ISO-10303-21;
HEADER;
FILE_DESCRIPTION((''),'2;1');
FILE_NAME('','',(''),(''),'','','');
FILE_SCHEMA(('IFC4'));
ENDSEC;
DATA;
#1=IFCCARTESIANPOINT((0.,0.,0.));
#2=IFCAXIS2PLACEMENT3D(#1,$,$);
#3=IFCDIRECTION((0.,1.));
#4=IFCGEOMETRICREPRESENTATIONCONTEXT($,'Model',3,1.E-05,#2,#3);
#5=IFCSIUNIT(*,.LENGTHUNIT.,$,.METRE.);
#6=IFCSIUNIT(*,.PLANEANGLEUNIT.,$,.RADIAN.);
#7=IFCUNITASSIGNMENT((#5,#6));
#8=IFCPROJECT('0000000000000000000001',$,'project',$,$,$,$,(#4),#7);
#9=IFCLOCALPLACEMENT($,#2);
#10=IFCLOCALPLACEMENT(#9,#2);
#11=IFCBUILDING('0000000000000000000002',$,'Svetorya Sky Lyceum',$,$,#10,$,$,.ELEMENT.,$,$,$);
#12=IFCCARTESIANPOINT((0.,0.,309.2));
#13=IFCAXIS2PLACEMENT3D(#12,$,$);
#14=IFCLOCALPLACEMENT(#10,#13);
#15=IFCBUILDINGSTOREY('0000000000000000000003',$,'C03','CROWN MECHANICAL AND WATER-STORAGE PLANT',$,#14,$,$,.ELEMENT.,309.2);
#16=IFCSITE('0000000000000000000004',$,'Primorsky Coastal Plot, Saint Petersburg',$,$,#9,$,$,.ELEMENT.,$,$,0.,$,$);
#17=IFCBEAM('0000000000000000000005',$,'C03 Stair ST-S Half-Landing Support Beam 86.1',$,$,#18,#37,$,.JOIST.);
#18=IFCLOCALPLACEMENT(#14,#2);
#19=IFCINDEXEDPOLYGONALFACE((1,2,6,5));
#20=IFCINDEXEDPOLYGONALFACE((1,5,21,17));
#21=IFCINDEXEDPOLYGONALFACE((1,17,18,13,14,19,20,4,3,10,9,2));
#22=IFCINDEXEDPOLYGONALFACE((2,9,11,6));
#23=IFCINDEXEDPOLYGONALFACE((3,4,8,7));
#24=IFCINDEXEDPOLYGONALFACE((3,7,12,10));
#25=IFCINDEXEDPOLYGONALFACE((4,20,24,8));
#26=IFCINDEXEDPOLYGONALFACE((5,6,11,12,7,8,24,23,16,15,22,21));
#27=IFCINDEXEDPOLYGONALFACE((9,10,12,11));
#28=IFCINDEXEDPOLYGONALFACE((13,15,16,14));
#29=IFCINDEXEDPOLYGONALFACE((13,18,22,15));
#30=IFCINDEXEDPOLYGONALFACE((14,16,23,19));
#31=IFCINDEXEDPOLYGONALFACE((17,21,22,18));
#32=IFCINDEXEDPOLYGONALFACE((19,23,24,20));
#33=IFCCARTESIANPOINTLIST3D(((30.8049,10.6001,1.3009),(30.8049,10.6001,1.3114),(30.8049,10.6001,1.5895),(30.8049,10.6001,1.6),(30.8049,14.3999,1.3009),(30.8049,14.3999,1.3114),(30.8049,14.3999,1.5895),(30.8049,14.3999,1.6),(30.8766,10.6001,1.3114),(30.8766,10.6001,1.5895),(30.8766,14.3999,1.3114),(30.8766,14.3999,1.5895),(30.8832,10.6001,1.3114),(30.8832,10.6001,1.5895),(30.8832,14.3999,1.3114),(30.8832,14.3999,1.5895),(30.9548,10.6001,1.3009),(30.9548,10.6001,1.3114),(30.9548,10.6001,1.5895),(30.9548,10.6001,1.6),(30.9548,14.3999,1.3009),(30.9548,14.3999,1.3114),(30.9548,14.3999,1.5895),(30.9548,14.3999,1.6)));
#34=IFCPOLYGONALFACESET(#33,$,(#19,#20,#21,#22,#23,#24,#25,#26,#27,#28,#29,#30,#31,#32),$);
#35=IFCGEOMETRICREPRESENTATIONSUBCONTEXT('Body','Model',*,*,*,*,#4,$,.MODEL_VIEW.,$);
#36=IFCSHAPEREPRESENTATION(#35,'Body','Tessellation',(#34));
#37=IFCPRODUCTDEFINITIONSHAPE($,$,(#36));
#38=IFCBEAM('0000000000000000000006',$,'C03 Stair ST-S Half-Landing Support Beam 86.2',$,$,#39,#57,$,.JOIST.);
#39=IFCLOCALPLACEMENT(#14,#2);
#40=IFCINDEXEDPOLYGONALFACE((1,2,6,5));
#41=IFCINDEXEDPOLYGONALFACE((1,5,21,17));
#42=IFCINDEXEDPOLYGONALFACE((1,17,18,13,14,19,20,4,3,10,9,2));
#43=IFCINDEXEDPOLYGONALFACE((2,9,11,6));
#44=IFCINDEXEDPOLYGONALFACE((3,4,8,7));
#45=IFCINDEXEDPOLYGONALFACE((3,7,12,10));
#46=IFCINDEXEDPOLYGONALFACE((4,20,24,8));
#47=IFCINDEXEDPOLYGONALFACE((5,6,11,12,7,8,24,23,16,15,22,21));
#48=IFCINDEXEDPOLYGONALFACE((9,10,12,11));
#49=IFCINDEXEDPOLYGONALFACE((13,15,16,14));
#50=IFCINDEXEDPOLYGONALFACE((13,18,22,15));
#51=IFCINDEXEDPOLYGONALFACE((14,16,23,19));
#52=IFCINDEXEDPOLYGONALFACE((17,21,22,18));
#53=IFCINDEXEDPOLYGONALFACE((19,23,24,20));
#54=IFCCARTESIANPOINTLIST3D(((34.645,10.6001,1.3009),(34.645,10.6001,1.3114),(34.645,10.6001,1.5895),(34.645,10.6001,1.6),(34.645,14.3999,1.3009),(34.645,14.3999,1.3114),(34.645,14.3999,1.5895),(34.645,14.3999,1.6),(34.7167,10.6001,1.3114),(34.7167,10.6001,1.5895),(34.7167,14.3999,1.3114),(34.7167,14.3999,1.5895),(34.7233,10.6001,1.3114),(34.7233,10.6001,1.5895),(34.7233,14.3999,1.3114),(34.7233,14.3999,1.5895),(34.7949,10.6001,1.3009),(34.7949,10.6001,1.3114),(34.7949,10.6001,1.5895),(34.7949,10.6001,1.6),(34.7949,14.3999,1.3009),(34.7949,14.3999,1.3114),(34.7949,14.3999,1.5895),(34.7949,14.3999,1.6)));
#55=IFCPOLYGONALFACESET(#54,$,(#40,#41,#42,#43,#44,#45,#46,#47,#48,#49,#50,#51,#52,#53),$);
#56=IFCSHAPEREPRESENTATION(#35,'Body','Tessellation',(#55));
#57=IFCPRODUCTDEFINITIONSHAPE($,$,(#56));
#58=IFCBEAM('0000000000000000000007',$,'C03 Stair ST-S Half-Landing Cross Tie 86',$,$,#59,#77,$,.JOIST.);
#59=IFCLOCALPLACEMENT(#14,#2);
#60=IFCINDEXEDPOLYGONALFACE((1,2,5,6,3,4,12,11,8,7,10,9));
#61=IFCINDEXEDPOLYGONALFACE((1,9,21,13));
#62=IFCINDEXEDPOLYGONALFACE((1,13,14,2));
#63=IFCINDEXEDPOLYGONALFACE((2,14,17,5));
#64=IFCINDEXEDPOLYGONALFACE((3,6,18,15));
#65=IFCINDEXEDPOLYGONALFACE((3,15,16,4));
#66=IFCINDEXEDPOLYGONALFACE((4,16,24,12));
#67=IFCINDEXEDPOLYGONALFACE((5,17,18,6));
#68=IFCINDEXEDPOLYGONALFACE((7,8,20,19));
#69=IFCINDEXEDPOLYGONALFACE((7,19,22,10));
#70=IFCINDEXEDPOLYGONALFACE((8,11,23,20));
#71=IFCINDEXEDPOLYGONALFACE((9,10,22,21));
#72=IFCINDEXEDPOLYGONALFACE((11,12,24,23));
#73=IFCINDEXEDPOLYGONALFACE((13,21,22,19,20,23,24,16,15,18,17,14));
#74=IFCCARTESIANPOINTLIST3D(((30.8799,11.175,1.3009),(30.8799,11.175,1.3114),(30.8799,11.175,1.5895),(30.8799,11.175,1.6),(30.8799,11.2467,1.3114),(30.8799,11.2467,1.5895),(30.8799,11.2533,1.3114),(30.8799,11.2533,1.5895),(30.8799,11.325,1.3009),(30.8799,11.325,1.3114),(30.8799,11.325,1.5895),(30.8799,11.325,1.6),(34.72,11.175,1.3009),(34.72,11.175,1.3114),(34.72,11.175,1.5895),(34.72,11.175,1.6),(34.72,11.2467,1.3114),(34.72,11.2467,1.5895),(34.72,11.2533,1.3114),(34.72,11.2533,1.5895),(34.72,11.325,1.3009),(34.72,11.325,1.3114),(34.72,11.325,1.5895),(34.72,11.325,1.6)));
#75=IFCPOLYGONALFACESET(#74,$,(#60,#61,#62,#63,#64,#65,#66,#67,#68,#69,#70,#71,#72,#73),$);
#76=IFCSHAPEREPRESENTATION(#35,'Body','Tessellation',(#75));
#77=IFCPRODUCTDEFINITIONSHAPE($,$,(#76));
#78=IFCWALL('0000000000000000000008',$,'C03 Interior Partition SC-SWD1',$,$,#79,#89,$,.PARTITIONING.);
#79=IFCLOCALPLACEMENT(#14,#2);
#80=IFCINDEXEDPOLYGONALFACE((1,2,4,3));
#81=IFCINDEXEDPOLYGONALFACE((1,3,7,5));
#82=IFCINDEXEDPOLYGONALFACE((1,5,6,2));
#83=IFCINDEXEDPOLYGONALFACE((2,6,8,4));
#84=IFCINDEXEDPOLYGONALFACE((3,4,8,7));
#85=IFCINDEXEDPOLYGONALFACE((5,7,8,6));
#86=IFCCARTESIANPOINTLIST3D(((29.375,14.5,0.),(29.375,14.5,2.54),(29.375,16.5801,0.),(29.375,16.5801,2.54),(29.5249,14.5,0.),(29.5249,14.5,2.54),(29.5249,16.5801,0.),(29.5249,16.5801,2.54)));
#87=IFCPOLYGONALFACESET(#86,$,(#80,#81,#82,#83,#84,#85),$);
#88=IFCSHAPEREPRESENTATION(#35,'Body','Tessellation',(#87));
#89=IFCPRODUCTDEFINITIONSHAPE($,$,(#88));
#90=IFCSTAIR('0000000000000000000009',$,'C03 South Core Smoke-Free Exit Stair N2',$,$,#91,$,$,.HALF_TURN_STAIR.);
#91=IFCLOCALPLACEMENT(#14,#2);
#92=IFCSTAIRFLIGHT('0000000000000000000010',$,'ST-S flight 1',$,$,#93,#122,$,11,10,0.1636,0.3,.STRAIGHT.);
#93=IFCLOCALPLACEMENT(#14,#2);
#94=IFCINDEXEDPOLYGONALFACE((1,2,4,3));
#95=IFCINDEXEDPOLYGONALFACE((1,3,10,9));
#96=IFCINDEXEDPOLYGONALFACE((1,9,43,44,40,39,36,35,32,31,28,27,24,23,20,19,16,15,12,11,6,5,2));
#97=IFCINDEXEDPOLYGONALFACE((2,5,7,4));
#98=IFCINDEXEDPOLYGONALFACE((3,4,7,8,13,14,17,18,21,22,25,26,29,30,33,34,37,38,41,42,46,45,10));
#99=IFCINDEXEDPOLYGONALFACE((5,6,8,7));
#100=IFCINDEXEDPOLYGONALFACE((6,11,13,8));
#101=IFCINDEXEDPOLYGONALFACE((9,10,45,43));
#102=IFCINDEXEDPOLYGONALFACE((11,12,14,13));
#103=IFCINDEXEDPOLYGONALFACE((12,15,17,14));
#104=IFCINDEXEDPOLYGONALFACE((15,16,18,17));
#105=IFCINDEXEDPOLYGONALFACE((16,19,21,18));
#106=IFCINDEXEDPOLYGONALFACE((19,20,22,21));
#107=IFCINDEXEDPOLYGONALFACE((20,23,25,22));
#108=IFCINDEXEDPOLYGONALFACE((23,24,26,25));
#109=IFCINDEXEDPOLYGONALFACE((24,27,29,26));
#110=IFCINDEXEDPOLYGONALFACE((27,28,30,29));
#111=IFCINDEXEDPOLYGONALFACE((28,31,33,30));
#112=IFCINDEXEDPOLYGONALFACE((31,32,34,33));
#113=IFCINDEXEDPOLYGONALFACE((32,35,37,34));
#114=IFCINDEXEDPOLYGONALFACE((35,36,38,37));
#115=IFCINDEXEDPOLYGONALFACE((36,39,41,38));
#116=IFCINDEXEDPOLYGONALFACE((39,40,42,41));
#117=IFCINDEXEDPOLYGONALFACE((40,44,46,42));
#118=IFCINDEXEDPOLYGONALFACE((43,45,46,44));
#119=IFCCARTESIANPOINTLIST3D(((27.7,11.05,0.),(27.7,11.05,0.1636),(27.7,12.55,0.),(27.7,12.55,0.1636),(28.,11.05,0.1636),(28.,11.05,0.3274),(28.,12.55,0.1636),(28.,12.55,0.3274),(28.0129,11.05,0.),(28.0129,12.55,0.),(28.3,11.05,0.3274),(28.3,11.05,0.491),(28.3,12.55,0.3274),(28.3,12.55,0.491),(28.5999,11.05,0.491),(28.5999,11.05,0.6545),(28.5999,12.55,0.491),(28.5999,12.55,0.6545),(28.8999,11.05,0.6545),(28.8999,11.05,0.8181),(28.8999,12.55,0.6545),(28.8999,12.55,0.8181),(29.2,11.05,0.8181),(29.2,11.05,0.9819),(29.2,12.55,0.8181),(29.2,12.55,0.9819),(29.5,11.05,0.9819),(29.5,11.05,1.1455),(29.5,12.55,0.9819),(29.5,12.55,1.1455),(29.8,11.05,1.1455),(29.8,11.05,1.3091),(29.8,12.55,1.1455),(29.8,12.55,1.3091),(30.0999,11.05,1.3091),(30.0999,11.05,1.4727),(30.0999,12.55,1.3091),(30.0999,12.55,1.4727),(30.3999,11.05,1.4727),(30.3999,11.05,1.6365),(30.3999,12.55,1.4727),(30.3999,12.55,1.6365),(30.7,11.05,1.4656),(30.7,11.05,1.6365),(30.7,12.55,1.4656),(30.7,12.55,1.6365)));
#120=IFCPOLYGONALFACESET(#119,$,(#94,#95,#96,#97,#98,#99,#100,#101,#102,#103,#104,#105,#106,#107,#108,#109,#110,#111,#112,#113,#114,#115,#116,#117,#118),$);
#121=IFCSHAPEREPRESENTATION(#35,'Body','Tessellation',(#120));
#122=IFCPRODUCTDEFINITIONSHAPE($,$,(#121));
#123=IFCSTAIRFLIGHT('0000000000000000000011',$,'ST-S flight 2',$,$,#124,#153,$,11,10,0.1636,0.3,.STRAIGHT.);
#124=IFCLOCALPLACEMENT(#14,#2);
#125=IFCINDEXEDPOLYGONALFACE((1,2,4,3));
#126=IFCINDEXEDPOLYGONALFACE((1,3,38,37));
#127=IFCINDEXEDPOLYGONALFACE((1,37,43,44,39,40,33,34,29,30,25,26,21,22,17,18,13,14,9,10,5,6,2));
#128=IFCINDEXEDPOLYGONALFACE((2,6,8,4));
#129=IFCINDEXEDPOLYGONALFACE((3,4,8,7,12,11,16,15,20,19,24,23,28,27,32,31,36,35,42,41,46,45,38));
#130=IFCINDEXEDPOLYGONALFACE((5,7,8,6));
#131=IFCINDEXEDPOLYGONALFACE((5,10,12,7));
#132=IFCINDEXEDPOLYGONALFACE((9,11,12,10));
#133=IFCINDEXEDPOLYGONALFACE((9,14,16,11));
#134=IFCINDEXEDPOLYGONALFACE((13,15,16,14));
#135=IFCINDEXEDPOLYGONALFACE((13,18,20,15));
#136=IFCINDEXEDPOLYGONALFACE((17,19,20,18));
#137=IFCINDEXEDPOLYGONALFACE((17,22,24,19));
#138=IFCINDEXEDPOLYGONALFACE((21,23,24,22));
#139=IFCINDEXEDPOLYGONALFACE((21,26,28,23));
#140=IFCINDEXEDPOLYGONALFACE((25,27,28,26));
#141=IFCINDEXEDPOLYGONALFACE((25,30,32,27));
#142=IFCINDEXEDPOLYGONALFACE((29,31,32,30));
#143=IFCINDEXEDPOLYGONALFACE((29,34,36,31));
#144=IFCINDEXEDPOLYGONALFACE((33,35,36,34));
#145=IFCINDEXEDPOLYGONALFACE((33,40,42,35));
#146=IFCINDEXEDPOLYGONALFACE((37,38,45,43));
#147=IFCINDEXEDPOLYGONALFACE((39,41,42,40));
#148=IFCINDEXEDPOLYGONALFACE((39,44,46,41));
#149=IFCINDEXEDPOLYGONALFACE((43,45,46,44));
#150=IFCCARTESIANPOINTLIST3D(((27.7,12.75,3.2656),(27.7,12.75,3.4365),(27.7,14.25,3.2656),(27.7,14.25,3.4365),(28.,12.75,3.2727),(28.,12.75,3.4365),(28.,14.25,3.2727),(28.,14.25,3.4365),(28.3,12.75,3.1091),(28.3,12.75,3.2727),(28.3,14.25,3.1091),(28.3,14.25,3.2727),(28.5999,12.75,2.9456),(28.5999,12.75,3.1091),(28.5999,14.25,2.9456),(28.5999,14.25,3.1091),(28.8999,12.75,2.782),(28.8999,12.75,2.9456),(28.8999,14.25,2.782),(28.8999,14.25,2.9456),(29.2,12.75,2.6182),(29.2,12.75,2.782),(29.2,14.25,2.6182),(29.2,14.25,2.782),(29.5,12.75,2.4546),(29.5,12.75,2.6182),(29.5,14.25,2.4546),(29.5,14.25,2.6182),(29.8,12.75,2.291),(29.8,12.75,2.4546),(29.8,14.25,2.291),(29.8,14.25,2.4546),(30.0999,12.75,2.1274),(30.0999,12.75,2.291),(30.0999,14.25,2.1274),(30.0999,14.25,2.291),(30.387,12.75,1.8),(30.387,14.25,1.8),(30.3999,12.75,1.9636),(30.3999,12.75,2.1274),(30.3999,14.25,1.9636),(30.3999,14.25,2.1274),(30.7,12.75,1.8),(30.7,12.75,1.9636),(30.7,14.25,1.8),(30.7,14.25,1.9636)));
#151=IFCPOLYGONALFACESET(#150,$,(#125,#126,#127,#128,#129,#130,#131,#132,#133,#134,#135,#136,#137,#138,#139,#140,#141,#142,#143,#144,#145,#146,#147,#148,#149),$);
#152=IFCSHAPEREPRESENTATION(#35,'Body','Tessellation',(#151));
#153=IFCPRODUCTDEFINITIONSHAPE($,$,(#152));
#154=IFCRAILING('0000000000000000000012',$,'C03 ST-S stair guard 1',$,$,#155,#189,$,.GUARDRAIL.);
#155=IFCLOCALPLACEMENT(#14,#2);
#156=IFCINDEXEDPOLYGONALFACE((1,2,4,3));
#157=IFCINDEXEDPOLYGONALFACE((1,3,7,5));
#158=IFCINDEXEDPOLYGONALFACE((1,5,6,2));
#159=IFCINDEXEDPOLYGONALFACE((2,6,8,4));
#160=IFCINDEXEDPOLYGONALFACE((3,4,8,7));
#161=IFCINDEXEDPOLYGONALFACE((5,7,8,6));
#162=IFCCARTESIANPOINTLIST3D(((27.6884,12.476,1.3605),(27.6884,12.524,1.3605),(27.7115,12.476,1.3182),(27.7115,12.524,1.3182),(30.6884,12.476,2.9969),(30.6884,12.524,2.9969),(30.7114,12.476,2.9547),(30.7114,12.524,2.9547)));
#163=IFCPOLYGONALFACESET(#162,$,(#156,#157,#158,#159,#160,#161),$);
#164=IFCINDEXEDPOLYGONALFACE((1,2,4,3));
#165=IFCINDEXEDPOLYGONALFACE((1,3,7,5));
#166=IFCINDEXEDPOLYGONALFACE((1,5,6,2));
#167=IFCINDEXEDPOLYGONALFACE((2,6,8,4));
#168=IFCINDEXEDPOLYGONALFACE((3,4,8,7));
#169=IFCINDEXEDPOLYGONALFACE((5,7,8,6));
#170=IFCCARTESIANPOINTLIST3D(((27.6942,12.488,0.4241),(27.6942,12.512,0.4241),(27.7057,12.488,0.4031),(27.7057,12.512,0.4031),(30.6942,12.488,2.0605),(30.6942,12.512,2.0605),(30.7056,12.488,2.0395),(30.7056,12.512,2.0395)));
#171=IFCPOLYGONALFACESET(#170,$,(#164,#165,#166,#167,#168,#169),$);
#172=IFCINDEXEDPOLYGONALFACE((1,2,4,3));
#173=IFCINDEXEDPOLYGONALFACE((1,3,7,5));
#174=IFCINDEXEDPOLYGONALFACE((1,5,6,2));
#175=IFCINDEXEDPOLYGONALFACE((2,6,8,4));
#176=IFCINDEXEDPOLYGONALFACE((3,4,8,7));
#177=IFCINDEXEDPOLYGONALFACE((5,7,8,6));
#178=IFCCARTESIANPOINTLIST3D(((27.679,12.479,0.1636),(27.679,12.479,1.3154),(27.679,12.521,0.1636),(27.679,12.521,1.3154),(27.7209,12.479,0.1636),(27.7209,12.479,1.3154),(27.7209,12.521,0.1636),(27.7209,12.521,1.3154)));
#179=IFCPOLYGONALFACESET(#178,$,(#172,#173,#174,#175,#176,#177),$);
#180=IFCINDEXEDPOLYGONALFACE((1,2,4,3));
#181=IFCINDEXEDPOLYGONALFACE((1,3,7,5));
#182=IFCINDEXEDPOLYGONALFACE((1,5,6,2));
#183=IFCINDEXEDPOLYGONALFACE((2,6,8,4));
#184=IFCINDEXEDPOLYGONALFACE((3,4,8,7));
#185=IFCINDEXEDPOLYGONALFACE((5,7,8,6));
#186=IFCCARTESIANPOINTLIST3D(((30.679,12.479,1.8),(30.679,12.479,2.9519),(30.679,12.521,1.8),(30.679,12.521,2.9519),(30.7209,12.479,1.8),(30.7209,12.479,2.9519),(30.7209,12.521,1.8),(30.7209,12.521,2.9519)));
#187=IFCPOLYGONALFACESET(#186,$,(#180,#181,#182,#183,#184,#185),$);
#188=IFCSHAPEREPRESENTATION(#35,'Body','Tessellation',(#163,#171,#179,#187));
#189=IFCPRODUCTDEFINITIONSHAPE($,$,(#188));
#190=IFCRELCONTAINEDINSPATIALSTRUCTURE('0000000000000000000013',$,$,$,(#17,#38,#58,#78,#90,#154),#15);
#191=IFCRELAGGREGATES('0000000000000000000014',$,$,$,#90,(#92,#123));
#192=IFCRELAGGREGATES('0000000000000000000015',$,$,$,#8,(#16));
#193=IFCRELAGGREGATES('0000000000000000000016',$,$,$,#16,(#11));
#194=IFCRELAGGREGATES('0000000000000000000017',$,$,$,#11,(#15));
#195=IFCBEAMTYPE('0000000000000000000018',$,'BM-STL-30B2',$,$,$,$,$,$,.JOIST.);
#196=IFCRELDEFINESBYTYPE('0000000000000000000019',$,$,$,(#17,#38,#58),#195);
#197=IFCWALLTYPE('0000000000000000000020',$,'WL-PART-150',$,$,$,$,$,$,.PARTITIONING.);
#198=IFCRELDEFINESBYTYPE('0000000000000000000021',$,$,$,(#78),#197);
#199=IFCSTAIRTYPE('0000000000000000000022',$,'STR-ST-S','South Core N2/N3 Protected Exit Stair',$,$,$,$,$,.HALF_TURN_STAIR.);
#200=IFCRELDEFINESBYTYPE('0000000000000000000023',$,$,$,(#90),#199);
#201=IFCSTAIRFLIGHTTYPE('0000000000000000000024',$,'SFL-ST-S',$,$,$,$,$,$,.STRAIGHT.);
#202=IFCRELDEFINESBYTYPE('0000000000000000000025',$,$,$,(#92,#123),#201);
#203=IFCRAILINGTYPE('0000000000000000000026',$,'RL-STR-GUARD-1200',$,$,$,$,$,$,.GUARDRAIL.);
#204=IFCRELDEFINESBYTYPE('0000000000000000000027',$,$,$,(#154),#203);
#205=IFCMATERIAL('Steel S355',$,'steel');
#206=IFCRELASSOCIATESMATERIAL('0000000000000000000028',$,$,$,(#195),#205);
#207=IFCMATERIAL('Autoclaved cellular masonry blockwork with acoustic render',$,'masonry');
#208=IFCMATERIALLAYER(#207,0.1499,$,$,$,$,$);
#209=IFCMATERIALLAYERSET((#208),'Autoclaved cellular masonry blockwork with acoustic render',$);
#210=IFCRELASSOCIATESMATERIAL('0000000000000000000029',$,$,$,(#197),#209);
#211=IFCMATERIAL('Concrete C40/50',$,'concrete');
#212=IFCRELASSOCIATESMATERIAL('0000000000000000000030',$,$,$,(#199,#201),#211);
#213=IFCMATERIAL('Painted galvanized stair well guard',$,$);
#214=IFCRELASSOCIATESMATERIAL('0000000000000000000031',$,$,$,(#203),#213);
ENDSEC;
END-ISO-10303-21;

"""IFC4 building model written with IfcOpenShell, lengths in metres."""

from ifc_helpers import new_model, si_unit, direction, frame, frame_2d, origin, origin_2d, place, context, subcontext, project, spatial, polyline, rectangle, i_section, outline, extrude, material, layer, layer_set, material_profile, profile_set, type_object, element, aggregate, save


model = new_model("IFC4")

# Units and contexts
model_context = context("Model", 3, precision=1e-05, world=origin(), true_north=direction((0.0, 1.0)))
body_context = subcontext(model_context, "Body", "Model", "MODEL_VIEW")
ifc_project = project(units=[si_unit("LENGTHUNIT", "METRE"), si_unit("PLANEANGLEUNIT", "RADIAN")], contexts=[model_context])

# Site, building, storey
site_placement = place(None, origin())
site = spatial("IfcSite", under=ifc_project, at=site_placement, Name="Primorsky Coastal Plot, Saint Petersburg", CompositionType="ELEMENT", RefElevation=0.0)
building_placement = place(site_placement, origin())
building = spatial("IfcBuilding", under=site, at=building_placement, Name="Svetorya Sky Lyceum", CompositionType="ELEMENT")
storey_placement = place(building_placement, frame((0.0, 0.0, 309.2)))
storey = spatial("IfcBuildingStorey", under=building, at=storey_placement, Name="C03", Description="CROWN MECHANICAL AND WATER-STORAGE PLANT", CompositionType="ELEMENT", Elevation=309.2)

# Beams
ifc_material_1 = material(Name="Steel S355", Category="steel")
ifc_material_profile = material_profile(ifc_material_1, i_section(OverallWidth=0.1499, OverallDepth=0.2991, WebThickness=0.0066, FlangeThickness=0.0105, at=origin_2d()), Name="GOST 30B2")
ifc_profile_set = profile_set([ifc_material_profile], Name="Steel S355")
beam_type = type_object("IfcBeamType", Name="BM-STL-30B2", PredefinedType="JOIST", material=ifc_profile_set)
for number, where, z_axis, x_axis, name in (
    (1, (30.8799, 10.6001, 1.4504), (0.0, 1.0, 0.0), (-1.0, 0.0, 0.0), "C03 Stair ST-S Half-Landing Support Beam 86.1"),
    (2, (34.72, 10.6001, 1.4504), (0.0, 1.0, 0.0), (-1.0, 0.0, 0.0), "C03 Stair ST-S Half-Landing Support Beam 86.2"),
):
    element("IfcBeam", number, at=place(storey_placement, frame(where, z_axis=z_axis, x_axis=x_axis)), inside=storey, type_object=beam_type, Name=name, PredefinedType="JOIST", context=body_context, shape_type="SweptSolid", body=[
        extrude(i_section(OverallWidth=0.1499, OverallDepth=0.2991, WebThickness=0.0066, FlangeThickness=0.0105, at=origin_2d()), origin(), (0.0, 0.0, 1.0), 3.7998),
    ])
beam_placement = place(storey_placement, frame((30.8799, 11.25, 1.4504), z_axis=(1.0, 0.0, 0.0), x_axis=(0.0, 1.0, 0.0)))
element("IfcBeam", 3, at=beam_placement, inside=storey, type_object=beam_type, Name="C03 Stair ST-S Half-Landing Cross Tie 86", PredefinedType="JOIST", context=body_context, shape_type="SweptSolid", body=[
    extrude(i_section(OverallWidth=0.1499, OverallDepth=0.2991, WebThickness=0.0066, FlangeThickness=0.0105, at=origin_2d()), origin(), (0.0, 0.0, 1.0), 3.8401),
])

# Wall
ifc_material_2 = material(Name="Autoclaved cellular masonry blockwork with acoustic render", Category="masonry")
ifc_layer = layer(ifc_material_2, 0.1499)
ifc_layer_set = layer_set([ifc_layer], Name="Autoclaved cellular masonry blockwork with acoustic render")
wall_type = type_object("IfcWallType", Name="WL-PART-150", PredefinedType="PARTITIONING", material=ifc_layer_set)
wall_placement = place(storey_placement, frame((29.45, 14.5, 0.0), z_axis=(0.0, 0.0, 1.0), x_axis=(0.0, 1.0, 0.0)))
element("IfcWall", 4, at=wall_placement, inside=storey, type_object=wall_type, Name="C03 Interior Partition SC-SWD1", PredefinedType="PARTITIONING", context=body_context, shape_type="SweptSolid", body=[
    extrude(rectangle(XDim=2.0801, YDim=0.1499, at=frame_2d((1.04, 0.0))), origin(), (0.0, 0.0, 1.0), 2.54),
])

# Stair, stair flights
ifc_material_3 = material(Name="Concrete C40/50", Category="concrete")
stair_type = type_object("IfcStairType", Name="STR-ST-S", Description="South Core N2/N3 Protected Exit Stair", PredefinedType="HALF_TURN_STAIR", material=ifc_material_3)
stair_placement = place(storey_placement, origin())
stair = element("IfcStair", 5, at=stair_placement, inside=storey, type_object=stair_type, Name="C03 South Core Smoke-Free Exit Stair N2", PredefinedType="HALF_TURN_STAIR")
stair_flight_type = type_object("IfcStairFlightType", Name="SFL-ST-S", PredefinedType="STRAIGHT", material=ifc_material_3)
stair_flight_1_placement = place(storey_placement, frame((27.7, 11.8, 0.0), z_axis=(0.0, 0.0, 1.0), x_axis=(1.0, 0.0, 0.0)))
stair_flight_1 = element("IfcStairFlight", 6, at=stair_flight_1_placement, type_object=stair_flight_type, Name="ST-S flight 1", NumberOfRisers=11, NumberOfTreads=10, PredefinedType="STRAIGHT", RiserHeight=0.1636, TreadLength=0.3, context=body_context, shape_type="SweptSolid", body=[
    extrude(outline(polyline([(0.0, 0.0), (0.0, 0.1636), (0.3, 0.1636), (0.3, 0.3274), (0.6001, 0.3274), (0.6001, 0.491), (0.8999, 0.491), (0.8999, 0.6545), (1.2, 0.6545), (1.2, 0.8181), (1.5, 0.8181), (1.5, 0.9819), (1.8, 0.9819), (1.8, 1.1455), (2.1001, 1.1455), (2.1001, 1.3091), (2.3999, 1.3091), (2.3999, 1.4727), (2.7, 1.4727), (2.7, 1.6365), (3.0, 1.6365), (3.0, 1.8), (3.0, 1.4656), (0.313, 0.0), (0.0, 0.0)])), frame((0.0, 0.75, 0.0), z_axis=(0.0, -1.0, 0.0), x_axis=(1.0, 0.0, 0.0)), (0.0, 0.0, 1.0), 1.5),
])
stair_flight_2_placement = place(storey_placement, frame((30.7, 13.5, 1.8), z_axis=(0.0, 0.0, 1.0), x_axis=(-1.0, 0.0, 0.0)))
stair_flight_2 = element("IfcStairFlight", 7, at=stair_flight_2_placement, type_object=stair_flight_type, Name="ST-S flight 2", NumberOfRisers=11, NumberOfTreads=10, PredefinedType="STRAIGHT", RiserHeight=0.1636, TreadLength=0.3, context=body_context, shape_type="SweptSolid", body=[
    extrude(outline(polyline([(0.0, 0.0), (0.0, 0.1636), (0.3, 0.1636), (0.3, 0.3274), (0.6001, 0.3274), (0.6001, 0.491), (0.8999, 0.491), (0.8999, 0.6545), (1.2, 0.6545), (1.2, 0.8181), (1.5, 0.8181), (1.5, 0.9819), (1.8, 0.9819), (1.8, 1.1455), (2.1001, 1.1455), (2.1001, 1.3091), (2.3999, 1.3091), (2.3999, 1.4727), (2.7, 1.4727), (2.7, 1.6365), (3.0, 1.6365), (3.0, 1.8), (3.0, 1.4656), (0.313, 0.0), (0.0, 0.0)])), frame((0.0, 0.75, 0.0), z_axis=(0.0, -1.0, 0.0), x_axis=(1.0, 0.0, 0.0)), (0.0, 0.0, 1.0), 1.5),
])
aggregate(stair, [stair_flight_1, stair_flight_2])

# Railing
ifc_material_4 = material(Name="Painted galvanized stair well guard")
railing_type_1 = type_object("IfcRailingType", Name="RL-STR-GUARD-1200", PredefinedType="GUARDRAIL", material=ifc_material_4)
railing_1_placement = place(storey_placement, frame((27.7, 12.5, 0.1636)))
element("IfcRailing", 8, at=railing_1_placement, inside=storey, type_object=railing_type_1, Name="C03 ST-S stair guard 1", PredefinedType="GUARDRAIL", context=body_context, shape_type="SweptSolid", body=[
    extrude(rectangle(XDim=0.0481, YDim=0.0481, at=origin_2d()), frame((0.0, 0.0, 1.1758), z_axis=(0.877882, 0.0, 0.478877), x_axis=(0.0, 1.0, 0.0)), (0.0, 0.0, 1.0), 3.4172),
    extrude(rectangle(XDim=0.0239, YDim=0.0239, at=origin_2d()), frame((0.0, 0.0, 0.25), z_axis=(0.877882, 0.0, 0.478877), x_axis=(0.0, 1.0, 0.0)), (0.0, 0.0, 1.0), 3.4172),
    extrude(rectangle(XDim=0.042, YDim=0.042, at=origin_2d()), origin(), (0.0, 0.0, 1.0), 1.1519),
    extrude(rectangle(XDim=0.042, YDim=0.042, at=origin_2d()), frame((3.0, 0.0, 1.6365)), (0.0, 0.0, 1.0), 1.1519),
])

save(model, "model.ifc")
